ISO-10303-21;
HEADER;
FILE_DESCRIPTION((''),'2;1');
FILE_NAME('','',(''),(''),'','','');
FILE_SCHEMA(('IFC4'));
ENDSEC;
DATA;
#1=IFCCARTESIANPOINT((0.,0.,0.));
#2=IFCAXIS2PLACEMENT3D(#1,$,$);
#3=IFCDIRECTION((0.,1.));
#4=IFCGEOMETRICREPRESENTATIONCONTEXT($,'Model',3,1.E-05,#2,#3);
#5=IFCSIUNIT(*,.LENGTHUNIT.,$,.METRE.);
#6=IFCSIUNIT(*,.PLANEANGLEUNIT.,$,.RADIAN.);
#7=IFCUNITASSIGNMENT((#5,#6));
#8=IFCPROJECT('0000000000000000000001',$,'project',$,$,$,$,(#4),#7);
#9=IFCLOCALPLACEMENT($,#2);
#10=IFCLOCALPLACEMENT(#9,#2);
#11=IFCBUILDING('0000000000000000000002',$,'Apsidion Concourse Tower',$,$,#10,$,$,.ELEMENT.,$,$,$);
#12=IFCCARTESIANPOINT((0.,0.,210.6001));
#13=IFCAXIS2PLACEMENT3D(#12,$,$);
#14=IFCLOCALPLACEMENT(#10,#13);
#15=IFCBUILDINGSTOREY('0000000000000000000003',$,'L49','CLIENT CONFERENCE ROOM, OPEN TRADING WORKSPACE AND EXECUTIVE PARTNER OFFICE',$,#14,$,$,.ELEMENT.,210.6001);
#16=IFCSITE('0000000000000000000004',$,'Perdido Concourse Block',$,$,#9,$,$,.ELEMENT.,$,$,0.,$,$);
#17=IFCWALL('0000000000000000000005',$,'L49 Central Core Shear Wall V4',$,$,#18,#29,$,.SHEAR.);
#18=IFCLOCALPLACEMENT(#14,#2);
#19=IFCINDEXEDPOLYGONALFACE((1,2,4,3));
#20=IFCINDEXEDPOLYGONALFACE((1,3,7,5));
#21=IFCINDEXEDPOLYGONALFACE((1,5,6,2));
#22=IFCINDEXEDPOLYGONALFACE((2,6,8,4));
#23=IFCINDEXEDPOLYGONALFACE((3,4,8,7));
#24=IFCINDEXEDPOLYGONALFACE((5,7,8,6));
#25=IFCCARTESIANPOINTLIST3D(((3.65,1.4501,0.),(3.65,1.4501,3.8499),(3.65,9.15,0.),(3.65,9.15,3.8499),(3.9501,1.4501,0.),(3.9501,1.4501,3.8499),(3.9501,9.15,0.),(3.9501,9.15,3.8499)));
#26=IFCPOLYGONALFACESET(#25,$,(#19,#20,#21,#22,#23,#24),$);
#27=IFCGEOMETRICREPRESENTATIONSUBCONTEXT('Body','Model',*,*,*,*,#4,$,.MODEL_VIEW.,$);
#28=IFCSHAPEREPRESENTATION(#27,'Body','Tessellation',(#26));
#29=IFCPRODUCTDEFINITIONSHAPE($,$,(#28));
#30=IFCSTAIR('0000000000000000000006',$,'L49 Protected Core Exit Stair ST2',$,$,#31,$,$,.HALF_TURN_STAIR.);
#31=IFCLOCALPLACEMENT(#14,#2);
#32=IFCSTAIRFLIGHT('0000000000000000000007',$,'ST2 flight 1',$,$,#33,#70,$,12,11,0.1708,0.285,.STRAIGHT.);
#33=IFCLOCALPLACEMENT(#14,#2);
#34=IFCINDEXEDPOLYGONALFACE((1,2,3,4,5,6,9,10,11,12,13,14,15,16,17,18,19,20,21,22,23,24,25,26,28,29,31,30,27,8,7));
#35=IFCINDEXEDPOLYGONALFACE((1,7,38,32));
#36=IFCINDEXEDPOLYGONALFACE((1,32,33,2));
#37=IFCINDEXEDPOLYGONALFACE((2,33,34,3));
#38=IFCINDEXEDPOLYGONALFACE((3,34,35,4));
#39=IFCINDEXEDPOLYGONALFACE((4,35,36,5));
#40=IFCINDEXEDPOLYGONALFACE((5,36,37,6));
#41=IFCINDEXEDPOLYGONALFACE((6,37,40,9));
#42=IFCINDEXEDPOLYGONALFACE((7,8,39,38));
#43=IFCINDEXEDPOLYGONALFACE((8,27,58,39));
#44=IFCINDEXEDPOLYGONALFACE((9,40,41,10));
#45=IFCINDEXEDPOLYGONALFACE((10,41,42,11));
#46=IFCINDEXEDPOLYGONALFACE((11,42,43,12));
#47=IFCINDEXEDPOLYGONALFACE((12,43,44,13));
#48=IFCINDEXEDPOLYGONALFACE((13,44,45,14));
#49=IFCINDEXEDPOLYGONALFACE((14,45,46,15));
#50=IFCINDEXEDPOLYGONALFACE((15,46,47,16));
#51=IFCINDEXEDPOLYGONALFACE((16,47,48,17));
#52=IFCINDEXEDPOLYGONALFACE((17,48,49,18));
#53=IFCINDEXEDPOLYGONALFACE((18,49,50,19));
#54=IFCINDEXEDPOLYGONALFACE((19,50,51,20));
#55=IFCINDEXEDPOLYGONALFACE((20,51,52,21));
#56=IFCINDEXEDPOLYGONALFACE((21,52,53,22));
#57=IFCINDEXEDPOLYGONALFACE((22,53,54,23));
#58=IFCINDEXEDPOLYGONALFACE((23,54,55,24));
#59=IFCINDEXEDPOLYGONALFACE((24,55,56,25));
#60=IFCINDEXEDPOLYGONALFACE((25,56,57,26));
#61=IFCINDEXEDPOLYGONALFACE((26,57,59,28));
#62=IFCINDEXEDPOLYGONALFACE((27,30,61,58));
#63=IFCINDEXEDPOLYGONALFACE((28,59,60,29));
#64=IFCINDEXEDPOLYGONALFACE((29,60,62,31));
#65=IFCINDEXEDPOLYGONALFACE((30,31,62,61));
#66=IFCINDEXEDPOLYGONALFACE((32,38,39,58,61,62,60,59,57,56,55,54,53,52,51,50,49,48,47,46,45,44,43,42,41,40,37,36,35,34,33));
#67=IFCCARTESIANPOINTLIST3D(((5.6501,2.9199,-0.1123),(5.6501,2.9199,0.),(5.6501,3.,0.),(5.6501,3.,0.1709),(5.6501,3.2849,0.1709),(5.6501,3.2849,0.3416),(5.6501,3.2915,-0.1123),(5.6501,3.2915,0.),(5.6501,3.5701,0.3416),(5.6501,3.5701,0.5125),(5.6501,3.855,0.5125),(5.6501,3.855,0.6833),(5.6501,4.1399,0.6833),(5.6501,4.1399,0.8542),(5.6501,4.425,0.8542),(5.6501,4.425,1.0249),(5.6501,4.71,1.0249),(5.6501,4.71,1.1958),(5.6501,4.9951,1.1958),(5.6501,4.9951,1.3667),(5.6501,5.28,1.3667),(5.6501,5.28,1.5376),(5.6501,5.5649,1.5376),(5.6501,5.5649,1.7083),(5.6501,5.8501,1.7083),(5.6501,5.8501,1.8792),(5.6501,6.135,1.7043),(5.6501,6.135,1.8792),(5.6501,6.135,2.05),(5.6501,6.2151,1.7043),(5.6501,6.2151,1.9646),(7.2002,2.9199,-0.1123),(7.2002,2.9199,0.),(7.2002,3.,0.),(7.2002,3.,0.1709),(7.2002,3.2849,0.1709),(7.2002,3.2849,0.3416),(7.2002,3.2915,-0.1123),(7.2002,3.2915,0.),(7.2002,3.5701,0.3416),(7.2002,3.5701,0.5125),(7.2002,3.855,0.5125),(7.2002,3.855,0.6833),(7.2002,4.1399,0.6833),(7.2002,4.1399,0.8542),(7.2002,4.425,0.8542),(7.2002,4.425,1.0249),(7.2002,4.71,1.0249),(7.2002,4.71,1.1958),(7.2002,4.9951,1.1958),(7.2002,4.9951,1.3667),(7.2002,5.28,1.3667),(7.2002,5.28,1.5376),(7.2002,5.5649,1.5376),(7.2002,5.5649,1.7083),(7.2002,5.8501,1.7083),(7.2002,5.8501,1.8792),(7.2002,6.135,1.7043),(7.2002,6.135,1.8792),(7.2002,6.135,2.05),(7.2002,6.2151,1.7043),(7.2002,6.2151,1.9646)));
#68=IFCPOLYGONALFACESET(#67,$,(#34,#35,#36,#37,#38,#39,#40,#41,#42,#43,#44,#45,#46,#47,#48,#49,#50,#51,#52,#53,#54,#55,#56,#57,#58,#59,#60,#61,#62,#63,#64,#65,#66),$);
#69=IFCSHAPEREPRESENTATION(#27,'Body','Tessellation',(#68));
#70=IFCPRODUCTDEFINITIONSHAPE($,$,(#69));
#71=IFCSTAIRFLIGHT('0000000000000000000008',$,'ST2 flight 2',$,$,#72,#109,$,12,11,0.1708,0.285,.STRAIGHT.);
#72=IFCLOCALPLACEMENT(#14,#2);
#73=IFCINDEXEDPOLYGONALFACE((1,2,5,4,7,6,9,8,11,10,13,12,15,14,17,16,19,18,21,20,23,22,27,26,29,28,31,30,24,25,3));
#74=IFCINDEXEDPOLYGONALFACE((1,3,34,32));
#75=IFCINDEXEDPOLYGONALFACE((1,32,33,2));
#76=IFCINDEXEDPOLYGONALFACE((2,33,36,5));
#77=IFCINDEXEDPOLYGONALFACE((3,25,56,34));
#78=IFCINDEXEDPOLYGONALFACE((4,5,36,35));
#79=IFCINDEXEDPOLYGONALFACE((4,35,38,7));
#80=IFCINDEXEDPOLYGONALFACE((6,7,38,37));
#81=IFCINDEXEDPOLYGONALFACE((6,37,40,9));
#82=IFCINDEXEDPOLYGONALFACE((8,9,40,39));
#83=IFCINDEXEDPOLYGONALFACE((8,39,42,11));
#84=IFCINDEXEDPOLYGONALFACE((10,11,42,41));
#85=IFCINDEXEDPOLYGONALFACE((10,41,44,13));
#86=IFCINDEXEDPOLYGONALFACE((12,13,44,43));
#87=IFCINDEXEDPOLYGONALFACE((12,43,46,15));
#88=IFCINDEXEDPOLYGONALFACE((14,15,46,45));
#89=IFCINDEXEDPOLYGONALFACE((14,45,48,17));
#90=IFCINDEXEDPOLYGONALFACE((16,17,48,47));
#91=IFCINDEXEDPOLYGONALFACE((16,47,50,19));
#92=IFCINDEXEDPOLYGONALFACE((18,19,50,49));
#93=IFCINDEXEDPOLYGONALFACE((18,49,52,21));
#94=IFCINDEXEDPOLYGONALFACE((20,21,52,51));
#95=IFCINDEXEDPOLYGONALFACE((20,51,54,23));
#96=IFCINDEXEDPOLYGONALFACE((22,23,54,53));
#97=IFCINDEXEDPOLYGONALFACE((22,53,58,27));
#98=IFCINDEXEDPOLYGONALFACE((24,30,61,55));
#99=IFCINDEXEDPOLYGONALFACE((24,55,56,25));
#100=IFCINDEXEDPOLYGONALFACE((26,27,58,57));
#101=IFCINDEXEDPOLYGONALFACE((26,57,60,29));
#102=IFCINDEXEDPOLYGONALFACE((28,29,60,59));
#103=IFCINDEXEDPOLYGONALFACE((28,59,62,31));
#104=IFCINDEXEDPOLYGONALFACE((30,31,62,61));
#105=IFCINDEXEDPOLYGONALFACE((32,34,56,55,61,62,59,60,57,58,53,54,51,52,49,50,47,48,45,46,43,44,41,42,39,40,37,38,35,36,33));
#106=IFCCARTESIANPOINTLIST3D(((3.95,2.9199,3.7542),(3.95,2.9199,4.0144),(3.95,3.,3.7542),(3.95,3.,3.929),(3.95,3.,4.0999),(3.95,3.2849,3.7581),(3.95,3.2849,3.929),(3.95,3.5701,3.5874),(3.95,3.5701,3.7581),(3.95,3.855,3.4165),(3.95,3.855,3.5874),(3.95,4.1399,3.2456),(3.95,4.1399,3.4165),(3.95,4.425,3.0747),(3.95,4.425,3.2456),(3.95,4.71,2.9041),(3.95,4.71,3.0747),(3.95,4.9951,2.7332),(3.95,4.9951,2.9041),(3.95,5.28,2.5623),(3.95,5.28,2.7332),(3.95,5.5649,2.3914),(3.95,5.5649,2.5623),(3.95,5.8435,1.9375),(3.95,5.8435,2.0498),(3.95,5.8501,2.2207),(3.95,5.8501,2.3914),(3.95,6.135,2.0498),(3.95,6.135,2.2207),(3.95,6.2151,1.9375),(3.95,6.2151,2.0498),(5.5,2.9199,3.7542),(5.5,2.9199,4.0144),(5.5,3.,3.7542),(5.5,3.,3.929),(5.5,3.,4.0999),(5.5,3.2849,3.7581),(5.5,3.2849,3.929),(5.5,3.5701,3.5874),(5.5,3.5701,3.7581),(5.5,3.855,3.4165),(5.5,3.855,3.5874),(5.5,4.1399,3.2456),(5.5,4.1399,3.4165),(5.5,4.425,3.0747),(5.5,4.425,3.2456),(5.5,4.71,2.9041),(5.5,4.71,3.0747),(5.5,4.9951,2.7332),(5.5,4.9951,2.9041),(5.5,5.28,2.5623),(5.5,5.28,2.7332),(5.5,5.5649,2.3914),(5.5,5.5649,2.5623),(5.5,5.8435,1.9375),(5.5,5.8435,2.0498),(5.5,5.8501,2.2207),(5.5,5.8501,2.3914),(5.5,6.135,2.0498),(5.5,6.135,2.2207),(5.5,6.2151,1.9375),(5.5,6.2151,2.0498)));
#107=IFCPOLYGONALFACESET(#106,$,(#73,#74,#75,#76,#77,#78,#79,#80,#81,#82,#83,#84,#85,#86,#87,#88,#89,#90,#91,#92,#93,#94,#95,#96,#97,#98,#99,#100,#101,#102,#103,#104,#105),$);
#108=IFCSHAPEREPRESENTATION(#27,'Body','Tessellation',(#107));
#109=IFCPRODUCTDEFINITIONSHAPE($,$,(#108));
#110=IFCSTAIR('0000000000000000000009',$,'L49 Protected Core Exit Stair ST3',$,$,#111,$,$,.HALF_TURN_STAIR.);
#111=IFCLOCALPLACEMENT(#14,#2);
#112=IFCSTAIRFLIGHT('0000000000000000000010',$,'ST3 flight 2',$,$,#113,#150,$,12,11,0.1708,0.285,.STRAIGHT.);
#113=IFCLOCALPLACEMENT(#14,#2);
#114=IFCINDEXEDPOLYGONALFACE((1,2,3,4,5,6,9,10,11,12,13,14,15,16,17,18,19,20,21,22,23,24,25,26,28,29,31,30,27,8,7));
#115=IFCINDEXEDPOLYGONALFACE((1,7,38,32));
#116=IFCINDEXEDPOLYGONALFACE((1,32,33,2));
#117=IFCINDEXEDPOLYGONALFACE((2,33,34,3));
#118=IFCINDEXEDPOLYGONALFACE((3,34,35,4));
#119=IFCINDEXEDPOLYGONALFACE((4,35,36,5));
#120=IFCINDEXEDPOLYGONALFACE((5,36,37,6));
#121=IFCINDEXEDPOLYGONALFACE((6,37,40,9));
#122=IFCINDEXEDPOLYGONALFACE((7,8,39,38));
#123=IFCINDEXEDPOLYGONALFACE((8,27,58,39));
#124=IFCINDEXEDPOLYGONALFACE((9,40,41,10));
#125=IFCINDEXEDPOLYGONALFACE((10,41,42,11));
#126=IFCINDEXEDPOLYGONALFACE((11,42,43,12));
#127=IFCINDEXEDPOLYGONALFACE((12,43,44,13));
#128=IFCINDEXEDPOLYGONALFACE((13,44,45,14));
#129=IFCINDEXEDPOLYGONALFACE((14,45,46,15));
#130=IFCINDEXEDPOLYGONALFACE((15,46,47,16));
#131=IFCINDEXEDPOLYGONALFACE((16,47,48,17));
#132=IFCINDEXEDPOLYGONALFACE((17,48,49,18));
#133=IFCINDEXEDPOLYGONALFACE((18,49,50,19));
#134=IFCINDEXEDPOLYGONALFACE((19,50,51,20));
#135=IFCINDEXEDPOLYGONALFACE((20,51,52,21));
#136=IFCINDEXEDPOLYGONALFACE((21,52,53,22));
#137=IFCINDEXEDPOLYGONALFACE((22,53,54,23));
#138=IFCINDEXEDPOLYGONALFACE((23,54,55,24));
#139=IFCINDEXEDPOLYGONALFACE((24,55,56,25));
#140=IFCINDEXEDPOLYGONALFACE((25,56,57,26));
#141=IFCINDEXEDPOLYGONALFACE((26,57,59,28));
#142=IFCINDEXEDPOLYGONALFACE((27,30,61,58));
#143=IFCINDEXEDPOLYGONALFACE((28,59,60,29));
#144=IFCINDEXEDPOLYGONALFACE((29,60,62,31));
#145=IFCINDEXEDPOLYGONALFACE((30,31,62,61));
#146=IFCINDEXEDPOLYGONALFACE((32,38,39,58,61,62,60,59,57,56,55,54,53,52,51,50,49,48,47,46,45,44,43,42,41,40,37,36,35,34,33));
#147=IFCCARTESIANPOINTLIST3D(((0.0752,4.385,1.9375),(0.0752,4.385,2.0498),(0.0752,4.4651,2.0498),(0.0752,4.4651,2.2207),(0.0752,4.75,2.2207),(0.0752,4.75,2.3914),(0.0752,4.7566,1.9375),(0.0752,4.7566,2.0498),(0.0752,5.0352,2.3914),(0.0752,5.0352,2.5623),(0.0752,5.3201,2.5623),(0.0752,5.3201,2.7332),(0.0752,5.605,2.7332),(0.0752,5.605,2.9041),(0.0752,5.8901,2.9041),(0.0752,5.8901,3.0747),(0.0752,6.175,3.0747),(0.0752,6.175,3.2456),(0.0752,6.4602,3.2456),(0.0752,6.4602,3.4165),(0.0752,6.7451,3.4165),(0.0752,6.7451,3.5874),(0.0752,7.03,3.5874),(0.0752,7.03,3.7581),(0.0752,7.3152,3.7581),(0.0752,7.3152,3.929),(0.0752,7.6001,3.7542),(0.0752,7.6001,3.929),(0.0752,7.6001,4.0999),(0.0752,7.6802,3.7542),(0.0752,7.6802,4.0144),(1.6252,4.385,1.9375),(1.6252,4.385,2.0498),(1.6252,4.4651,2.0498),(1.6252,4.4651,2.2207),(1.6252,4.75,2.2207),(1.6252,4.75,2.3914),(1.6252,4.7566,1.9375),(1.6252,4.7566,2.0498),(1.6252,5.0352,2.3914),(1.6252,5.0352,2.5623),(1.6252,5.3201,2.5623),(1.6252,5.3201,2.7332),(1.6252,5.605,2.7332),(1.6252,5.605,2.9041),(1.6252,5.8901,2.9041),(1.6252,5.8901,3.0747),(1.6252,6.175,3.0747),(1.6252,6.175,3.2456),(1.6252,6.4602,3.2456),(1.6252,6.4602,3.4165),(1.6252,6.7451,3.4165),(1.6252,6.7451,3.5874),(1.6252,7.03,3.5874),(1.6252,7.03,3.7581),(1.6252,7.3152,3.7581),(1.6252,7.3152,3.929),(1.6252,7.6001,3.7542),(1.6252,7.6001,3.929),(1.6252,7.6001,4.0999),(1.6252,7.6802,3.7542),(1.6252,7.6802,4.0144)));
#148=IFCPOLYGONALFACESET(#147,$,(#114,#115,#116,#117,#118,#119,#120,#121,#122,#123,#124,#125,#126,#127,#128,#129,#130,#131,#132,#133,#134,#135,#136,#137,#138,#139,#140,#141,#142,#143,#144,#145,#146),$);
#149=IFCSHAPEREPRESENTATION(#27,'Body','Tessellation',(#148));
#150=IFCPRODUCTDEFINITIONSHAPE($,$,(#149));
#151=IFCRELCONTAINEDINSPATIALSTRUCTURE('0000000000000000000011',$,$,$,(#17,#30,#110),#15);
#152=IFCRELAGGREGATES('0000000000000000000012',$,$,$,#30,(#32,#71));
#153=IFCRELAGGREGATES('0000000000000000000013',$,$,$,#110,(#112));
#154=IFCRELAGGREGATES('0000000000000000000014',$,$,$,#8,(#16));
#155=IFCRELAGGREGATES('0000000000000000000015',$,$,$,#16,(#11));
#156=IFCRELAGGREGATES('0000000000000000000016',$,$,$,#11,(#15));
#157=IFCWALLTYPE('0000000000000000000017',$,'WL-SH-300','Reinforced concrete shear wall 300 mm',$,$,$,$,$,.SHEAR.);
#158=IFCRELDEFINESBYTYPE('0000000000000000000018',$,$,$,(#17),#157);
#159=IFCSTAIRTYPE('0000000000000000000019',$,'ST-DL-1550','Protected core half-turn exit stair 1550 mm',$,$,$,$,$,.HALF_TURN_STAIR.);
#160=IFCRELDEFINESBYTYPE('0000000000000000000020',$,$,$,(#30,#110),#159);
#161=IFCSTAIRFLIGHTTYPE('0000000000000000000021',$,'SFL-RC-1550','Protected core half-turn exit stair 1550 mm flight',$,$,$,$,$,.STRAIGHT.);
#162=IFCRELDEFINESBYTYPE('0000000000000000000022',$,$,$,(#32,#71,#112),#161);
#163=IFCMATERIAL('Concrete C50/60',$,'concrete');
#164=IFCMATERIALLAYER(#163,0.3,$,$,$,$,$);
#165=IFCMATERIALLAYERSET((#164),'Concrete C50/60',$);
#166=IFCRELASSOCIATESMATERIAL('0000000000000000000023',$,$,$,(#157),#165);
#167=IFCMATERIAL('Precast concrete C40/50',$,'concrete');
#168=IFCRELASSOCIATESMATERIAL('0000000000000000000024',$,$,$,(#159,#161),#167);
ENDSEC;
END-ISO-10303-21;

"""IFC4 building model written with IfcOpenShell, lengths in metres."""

from ifc_helpers import new_model, si_unit, direction, frame, frame_2d, origin, place, context, subcontext, project, spatial, polyline, rectangle, outline, extrude, material, layer, layer_set, type_object, element, aggregate, save


model = new_model("IFC4")

# Units and contexts
model_context = context("Model", 3, precision=1e-05, world=origin(), true_north=direction((0.0, 1.0)))
body_context = subcontext(model_context, "Body", "Model", "MODEL_VIEW")
ifc_project = project(units=[si_unit("LENGTHUNIT", "METRE"), si_unit("PLANEANGLEUNIT", "RADIAN")], contexts=[model_context])

# Site, building, storey
site_placement = place(None, origin())
site = spatial("IfcSite", under=ifc_project, at=site_placement, Name="Perdido Concourse Block", CompositionType="ELEMENT", RefElevation=0.0)
building_placement = place(site_placement, origin())
building = spatial("IfcBuilding", under=site, at=building_placement, Name="Apsidion Concourse Tower", CompositionType="ELEMENT")
storey_placement = place(building_placement, frame((0.0, 0.0, 210.6001)))
storey = spatial("IfcBuildingStorey", under=building, at=storey_placement, Name="L49", Description="CLIENT CONFERENCE ROOM, OPEN TRADING WORKSPACE AND EXECUTIVE PARTNER OFFICE", CompositionType="ELEMENT", Elevation=210.6001)

# Shared definitions
ifc_material_1 = material(Name="Concrete C50/60", Category="concrete")

# Wall
ifc_layer_1 = layer(ifc_material_1, 0.3)
ifc_layer_set_1 = layer_set([ifc_layer_1], Name="Concrete C50/60")
wall_type_1 = type_object("IfcWallType", Name="WL-SH-300", Description="Reinforced concrete shear wall 300 mm", PredefinedType="SHEAR", material=ifc_layer_set_1)
for number, where, z_axis, x_axis, name in (
    (1, (3.8, 1.45, 0.0), (0.0, 0.0, 1.0), (0.0, 1.0, 0.0), "L49 Central Core Shear Wall V4"),
):
    element("IfcWall", number, at=place(storey_placement, frame(where, z_axis=z_axis, x_axis=x_axis)), inside=storey, type_object=wall_type_1, Name=name, PredefinedType="SHEAR", context=body_context, shape_type="SweptSolid", body=[
        extrude(rectangle(XDim=7.7, YDim=0.3, at=frame_2d((3.8501, 0.0))), origin(), (0.0, 0.0, 1.0), 3.8499),
    ])

# Stair, stair flights
ifc_material_2 = material(Name="Precast concrete C40/50", Category="concrete")
stair_type = type_object("IfcStairType", Name="ST-DL-1550", Description="Protected core half-turn exit stair 1550 mm", PredefinedType="HALF_TURN_STAIR", material=ifc_material_2)
stair_1_placement = place(storey_placement, origin())
stair_1 = element("IfcStair", 2, at=stair_1_placement, inside=storey, type_object=stair_type, Name="L49 Protected Core Exit Stair ST2", PredefinedType="HALF_TURN_STAIR")
stair_flight_type = type_object("IfcStairFlightType", Name="SFL-RC-1550", Description="Protected core half-turn exit stair 1550 mm flight", PredefinedType="STRAIGHT", material=ifc_material_2)
stair_flight_1_placement = place(storey_placement, frame((6.425, 3.0, 0.0), z_axis=(0.0, 0.0, 1.0), x_axis=(0.0, 1.0, 0.0)))
stair_flight_1 = element("IfcStairFlight", 3, at=stair_flight_1_placement, type_object=stair_flight_type, Name="ST2 flight 1", NumberOfRisers=12, NumberOfTreads=11, PredefinedType="STRAIGHT", RiserHeight=0.1708, TreadLength=0.285, context=body_context, shape_type="SweptSolid", body=[
    extrude(outline(polyline([(-0.0801, -0.1123), (-0.0801, 0.0), (0.0, 0.0), (0.0, 0.1709), (0.2849, 0.1709), (0.2849, 0.3416), (0.5701, 0.3416), (0.5701, 0.5125), (0.855, 0.5125), (0.855, 0.6833), (1.1399, 0.6833), (1.1399, 0.8542), (1.425, 0.8542), (1.425, 1.0249), (1.71, 1.0249), (1.71, 1.1958), (1.9951, 1.1958), (1.9951, 1.3667), (2.28, 1.3667), (2.28, 1.5376), (2.5649, 1.5376), (2.5649, 1.7083), (2.8501, 1.7083), (2.8501, 1.8792), (3.135, 1.8792), (3.135, 2.05), (3.2151, 1.9646), (3.2151, 1.7043), (3.135, 1.7043), (0.2915, 0.0), (0.2915, -0.1123), (-0.0801, -0.1123)])), frame((0.0, 0.7749, 0.0), z_axis=(0.0, -1.0, 0.0), x_axis=(1.0, 0.0, 0.0)), (0.0, 0.0, 1.0), 1.55),
])
stair_flight_2_placement = place(storey_placement, frame((4.7251, 6.135, 2.0498), z_axis=(0.0, 0.0, 1.0), x_axis=(0.0, -1.0, 0.0)))
stair_flight_2 = element("IfcStairFlight", 4, at=stair_flight_2_placement, type_object=stair_flight_type, Name="ST2 flight 2", NumberOfRisers=12, NumberOfTreads=11, PredefinedType="STRAIGHT", RiserHeight=0.1708, TreadLength=0.285, context=body_context, shape_type="SweptSolid", body=[
    extrude(outline(polyline([(-0.0801, -0.1123), (-0.0801, 0.0), (0.0, 0.0), (0.0, 0.1709), (0.2849, 0.1709), (0.2849, 0.3416), (0.5701, 0.3416), (0.5701, 0.5125), (0.855, 0.5125), (0.855, 0.6833), (1.1399, 0.6833), (1.1399, 0.8542), (1.425, 0.8542), (1.425, 1.0249), (1.71, 1.0249), (1.71, 1.1958), (1.9951, 1.1958), (1.9951, 1.3667), (2.28, 1.3667), (2.28, 1.5376), (2.5649, 1.5376), (2.5649, 1.7083), (2.8501, 1.7083), (2.8501, 1.8792), (3.135, 1.8792), (3.135, 2.05), (3.2151, 1.9646), (3.2151, 1.7043), (3.135, 1.7043), (0.2915, 0.0), (0.2915, -0.1123), (-0.0801, -0.1123)])), frame((0.0, 0.7749, 0.0), z_axis=(0.0, -1.0, 0.0), x_axis=(1.0, 0.0, 0.0)), (0.0, 0.0, 1.0), 1.55),
])
aggregate(stair_1, [stair_flight_1, stair_flight_2])

# Stair, stair flight
stair_2_placement = place(storey_placement, origin())
stair_2 = element("IfcStair", 5, at=stair_2_placement, inside=storey, type_object=stair_type, Name="L49 Protected Core Exit Stair ST3", PredefinedType="HALF_TURN_STAIR")
stair_flight_3_placement = place(storey_placement, frame((0.8501, 4.4651, 2.0498), z_axis=(0.0, 0.0, 1.0), x_axis=(0.0, 1.0, 0.0)))
stair_flight_3 = element("IfcStairFlight", 6, at=stair_flight_3_placement, type_object=stair_flight_type, Name="ST3 flight 2", NumberOfRisers=12, NumberOfTreads=11, PredefinedType="STRAIGHT", RiserHeight=0.1708, TreadLength=0.285, context=body_context, shape_type="SweptSolid", body=[
    extrude(outline(polyline([(-0.0801, -0.1123), (-0.0801, 0.0), (0.0, 0.0), (0.0, 0.1709), (0.2849, 0.1709), (0.2849, 0.3416), (0.5701, 0.3416), (0.5701, 0.5125), (0.855, 0.5125), (0.855, 0.6833), (1.1399, 0.6833), (1.1399, 0.8542), (1.425, 0.8542), (1.425, 1.0249), (1.71, 1.0249), (1.71, 1.1958), (1.9951, 1.1958), (1.9951, 1.3667), (2.28, 1.3667), (2.28, 1.5376), (2.5649, 1.5376), (2.5649, 1.7083), (2.8501, 1.7083), (2.8501, 1.8792), (3.135, 1.8792), (3.135, 2.05), (3.2151, 1.9646), (3.2151, 1.7043), (3.135, 1.7043), (0.2915, 0.0), (0.2915, -0.1123), (-0.0801, -0.1123)])), frame((0.0, 0.7749, 0.0), z_axis=(0.0, -1.0, 0.0), x_axis=(1.0, 0.0, 0.0)), (0.0, 0.0, 1.0), 1.55),
])
aggregate(stair_2, [stair_flight_3])

save(model, "model.ifc")
